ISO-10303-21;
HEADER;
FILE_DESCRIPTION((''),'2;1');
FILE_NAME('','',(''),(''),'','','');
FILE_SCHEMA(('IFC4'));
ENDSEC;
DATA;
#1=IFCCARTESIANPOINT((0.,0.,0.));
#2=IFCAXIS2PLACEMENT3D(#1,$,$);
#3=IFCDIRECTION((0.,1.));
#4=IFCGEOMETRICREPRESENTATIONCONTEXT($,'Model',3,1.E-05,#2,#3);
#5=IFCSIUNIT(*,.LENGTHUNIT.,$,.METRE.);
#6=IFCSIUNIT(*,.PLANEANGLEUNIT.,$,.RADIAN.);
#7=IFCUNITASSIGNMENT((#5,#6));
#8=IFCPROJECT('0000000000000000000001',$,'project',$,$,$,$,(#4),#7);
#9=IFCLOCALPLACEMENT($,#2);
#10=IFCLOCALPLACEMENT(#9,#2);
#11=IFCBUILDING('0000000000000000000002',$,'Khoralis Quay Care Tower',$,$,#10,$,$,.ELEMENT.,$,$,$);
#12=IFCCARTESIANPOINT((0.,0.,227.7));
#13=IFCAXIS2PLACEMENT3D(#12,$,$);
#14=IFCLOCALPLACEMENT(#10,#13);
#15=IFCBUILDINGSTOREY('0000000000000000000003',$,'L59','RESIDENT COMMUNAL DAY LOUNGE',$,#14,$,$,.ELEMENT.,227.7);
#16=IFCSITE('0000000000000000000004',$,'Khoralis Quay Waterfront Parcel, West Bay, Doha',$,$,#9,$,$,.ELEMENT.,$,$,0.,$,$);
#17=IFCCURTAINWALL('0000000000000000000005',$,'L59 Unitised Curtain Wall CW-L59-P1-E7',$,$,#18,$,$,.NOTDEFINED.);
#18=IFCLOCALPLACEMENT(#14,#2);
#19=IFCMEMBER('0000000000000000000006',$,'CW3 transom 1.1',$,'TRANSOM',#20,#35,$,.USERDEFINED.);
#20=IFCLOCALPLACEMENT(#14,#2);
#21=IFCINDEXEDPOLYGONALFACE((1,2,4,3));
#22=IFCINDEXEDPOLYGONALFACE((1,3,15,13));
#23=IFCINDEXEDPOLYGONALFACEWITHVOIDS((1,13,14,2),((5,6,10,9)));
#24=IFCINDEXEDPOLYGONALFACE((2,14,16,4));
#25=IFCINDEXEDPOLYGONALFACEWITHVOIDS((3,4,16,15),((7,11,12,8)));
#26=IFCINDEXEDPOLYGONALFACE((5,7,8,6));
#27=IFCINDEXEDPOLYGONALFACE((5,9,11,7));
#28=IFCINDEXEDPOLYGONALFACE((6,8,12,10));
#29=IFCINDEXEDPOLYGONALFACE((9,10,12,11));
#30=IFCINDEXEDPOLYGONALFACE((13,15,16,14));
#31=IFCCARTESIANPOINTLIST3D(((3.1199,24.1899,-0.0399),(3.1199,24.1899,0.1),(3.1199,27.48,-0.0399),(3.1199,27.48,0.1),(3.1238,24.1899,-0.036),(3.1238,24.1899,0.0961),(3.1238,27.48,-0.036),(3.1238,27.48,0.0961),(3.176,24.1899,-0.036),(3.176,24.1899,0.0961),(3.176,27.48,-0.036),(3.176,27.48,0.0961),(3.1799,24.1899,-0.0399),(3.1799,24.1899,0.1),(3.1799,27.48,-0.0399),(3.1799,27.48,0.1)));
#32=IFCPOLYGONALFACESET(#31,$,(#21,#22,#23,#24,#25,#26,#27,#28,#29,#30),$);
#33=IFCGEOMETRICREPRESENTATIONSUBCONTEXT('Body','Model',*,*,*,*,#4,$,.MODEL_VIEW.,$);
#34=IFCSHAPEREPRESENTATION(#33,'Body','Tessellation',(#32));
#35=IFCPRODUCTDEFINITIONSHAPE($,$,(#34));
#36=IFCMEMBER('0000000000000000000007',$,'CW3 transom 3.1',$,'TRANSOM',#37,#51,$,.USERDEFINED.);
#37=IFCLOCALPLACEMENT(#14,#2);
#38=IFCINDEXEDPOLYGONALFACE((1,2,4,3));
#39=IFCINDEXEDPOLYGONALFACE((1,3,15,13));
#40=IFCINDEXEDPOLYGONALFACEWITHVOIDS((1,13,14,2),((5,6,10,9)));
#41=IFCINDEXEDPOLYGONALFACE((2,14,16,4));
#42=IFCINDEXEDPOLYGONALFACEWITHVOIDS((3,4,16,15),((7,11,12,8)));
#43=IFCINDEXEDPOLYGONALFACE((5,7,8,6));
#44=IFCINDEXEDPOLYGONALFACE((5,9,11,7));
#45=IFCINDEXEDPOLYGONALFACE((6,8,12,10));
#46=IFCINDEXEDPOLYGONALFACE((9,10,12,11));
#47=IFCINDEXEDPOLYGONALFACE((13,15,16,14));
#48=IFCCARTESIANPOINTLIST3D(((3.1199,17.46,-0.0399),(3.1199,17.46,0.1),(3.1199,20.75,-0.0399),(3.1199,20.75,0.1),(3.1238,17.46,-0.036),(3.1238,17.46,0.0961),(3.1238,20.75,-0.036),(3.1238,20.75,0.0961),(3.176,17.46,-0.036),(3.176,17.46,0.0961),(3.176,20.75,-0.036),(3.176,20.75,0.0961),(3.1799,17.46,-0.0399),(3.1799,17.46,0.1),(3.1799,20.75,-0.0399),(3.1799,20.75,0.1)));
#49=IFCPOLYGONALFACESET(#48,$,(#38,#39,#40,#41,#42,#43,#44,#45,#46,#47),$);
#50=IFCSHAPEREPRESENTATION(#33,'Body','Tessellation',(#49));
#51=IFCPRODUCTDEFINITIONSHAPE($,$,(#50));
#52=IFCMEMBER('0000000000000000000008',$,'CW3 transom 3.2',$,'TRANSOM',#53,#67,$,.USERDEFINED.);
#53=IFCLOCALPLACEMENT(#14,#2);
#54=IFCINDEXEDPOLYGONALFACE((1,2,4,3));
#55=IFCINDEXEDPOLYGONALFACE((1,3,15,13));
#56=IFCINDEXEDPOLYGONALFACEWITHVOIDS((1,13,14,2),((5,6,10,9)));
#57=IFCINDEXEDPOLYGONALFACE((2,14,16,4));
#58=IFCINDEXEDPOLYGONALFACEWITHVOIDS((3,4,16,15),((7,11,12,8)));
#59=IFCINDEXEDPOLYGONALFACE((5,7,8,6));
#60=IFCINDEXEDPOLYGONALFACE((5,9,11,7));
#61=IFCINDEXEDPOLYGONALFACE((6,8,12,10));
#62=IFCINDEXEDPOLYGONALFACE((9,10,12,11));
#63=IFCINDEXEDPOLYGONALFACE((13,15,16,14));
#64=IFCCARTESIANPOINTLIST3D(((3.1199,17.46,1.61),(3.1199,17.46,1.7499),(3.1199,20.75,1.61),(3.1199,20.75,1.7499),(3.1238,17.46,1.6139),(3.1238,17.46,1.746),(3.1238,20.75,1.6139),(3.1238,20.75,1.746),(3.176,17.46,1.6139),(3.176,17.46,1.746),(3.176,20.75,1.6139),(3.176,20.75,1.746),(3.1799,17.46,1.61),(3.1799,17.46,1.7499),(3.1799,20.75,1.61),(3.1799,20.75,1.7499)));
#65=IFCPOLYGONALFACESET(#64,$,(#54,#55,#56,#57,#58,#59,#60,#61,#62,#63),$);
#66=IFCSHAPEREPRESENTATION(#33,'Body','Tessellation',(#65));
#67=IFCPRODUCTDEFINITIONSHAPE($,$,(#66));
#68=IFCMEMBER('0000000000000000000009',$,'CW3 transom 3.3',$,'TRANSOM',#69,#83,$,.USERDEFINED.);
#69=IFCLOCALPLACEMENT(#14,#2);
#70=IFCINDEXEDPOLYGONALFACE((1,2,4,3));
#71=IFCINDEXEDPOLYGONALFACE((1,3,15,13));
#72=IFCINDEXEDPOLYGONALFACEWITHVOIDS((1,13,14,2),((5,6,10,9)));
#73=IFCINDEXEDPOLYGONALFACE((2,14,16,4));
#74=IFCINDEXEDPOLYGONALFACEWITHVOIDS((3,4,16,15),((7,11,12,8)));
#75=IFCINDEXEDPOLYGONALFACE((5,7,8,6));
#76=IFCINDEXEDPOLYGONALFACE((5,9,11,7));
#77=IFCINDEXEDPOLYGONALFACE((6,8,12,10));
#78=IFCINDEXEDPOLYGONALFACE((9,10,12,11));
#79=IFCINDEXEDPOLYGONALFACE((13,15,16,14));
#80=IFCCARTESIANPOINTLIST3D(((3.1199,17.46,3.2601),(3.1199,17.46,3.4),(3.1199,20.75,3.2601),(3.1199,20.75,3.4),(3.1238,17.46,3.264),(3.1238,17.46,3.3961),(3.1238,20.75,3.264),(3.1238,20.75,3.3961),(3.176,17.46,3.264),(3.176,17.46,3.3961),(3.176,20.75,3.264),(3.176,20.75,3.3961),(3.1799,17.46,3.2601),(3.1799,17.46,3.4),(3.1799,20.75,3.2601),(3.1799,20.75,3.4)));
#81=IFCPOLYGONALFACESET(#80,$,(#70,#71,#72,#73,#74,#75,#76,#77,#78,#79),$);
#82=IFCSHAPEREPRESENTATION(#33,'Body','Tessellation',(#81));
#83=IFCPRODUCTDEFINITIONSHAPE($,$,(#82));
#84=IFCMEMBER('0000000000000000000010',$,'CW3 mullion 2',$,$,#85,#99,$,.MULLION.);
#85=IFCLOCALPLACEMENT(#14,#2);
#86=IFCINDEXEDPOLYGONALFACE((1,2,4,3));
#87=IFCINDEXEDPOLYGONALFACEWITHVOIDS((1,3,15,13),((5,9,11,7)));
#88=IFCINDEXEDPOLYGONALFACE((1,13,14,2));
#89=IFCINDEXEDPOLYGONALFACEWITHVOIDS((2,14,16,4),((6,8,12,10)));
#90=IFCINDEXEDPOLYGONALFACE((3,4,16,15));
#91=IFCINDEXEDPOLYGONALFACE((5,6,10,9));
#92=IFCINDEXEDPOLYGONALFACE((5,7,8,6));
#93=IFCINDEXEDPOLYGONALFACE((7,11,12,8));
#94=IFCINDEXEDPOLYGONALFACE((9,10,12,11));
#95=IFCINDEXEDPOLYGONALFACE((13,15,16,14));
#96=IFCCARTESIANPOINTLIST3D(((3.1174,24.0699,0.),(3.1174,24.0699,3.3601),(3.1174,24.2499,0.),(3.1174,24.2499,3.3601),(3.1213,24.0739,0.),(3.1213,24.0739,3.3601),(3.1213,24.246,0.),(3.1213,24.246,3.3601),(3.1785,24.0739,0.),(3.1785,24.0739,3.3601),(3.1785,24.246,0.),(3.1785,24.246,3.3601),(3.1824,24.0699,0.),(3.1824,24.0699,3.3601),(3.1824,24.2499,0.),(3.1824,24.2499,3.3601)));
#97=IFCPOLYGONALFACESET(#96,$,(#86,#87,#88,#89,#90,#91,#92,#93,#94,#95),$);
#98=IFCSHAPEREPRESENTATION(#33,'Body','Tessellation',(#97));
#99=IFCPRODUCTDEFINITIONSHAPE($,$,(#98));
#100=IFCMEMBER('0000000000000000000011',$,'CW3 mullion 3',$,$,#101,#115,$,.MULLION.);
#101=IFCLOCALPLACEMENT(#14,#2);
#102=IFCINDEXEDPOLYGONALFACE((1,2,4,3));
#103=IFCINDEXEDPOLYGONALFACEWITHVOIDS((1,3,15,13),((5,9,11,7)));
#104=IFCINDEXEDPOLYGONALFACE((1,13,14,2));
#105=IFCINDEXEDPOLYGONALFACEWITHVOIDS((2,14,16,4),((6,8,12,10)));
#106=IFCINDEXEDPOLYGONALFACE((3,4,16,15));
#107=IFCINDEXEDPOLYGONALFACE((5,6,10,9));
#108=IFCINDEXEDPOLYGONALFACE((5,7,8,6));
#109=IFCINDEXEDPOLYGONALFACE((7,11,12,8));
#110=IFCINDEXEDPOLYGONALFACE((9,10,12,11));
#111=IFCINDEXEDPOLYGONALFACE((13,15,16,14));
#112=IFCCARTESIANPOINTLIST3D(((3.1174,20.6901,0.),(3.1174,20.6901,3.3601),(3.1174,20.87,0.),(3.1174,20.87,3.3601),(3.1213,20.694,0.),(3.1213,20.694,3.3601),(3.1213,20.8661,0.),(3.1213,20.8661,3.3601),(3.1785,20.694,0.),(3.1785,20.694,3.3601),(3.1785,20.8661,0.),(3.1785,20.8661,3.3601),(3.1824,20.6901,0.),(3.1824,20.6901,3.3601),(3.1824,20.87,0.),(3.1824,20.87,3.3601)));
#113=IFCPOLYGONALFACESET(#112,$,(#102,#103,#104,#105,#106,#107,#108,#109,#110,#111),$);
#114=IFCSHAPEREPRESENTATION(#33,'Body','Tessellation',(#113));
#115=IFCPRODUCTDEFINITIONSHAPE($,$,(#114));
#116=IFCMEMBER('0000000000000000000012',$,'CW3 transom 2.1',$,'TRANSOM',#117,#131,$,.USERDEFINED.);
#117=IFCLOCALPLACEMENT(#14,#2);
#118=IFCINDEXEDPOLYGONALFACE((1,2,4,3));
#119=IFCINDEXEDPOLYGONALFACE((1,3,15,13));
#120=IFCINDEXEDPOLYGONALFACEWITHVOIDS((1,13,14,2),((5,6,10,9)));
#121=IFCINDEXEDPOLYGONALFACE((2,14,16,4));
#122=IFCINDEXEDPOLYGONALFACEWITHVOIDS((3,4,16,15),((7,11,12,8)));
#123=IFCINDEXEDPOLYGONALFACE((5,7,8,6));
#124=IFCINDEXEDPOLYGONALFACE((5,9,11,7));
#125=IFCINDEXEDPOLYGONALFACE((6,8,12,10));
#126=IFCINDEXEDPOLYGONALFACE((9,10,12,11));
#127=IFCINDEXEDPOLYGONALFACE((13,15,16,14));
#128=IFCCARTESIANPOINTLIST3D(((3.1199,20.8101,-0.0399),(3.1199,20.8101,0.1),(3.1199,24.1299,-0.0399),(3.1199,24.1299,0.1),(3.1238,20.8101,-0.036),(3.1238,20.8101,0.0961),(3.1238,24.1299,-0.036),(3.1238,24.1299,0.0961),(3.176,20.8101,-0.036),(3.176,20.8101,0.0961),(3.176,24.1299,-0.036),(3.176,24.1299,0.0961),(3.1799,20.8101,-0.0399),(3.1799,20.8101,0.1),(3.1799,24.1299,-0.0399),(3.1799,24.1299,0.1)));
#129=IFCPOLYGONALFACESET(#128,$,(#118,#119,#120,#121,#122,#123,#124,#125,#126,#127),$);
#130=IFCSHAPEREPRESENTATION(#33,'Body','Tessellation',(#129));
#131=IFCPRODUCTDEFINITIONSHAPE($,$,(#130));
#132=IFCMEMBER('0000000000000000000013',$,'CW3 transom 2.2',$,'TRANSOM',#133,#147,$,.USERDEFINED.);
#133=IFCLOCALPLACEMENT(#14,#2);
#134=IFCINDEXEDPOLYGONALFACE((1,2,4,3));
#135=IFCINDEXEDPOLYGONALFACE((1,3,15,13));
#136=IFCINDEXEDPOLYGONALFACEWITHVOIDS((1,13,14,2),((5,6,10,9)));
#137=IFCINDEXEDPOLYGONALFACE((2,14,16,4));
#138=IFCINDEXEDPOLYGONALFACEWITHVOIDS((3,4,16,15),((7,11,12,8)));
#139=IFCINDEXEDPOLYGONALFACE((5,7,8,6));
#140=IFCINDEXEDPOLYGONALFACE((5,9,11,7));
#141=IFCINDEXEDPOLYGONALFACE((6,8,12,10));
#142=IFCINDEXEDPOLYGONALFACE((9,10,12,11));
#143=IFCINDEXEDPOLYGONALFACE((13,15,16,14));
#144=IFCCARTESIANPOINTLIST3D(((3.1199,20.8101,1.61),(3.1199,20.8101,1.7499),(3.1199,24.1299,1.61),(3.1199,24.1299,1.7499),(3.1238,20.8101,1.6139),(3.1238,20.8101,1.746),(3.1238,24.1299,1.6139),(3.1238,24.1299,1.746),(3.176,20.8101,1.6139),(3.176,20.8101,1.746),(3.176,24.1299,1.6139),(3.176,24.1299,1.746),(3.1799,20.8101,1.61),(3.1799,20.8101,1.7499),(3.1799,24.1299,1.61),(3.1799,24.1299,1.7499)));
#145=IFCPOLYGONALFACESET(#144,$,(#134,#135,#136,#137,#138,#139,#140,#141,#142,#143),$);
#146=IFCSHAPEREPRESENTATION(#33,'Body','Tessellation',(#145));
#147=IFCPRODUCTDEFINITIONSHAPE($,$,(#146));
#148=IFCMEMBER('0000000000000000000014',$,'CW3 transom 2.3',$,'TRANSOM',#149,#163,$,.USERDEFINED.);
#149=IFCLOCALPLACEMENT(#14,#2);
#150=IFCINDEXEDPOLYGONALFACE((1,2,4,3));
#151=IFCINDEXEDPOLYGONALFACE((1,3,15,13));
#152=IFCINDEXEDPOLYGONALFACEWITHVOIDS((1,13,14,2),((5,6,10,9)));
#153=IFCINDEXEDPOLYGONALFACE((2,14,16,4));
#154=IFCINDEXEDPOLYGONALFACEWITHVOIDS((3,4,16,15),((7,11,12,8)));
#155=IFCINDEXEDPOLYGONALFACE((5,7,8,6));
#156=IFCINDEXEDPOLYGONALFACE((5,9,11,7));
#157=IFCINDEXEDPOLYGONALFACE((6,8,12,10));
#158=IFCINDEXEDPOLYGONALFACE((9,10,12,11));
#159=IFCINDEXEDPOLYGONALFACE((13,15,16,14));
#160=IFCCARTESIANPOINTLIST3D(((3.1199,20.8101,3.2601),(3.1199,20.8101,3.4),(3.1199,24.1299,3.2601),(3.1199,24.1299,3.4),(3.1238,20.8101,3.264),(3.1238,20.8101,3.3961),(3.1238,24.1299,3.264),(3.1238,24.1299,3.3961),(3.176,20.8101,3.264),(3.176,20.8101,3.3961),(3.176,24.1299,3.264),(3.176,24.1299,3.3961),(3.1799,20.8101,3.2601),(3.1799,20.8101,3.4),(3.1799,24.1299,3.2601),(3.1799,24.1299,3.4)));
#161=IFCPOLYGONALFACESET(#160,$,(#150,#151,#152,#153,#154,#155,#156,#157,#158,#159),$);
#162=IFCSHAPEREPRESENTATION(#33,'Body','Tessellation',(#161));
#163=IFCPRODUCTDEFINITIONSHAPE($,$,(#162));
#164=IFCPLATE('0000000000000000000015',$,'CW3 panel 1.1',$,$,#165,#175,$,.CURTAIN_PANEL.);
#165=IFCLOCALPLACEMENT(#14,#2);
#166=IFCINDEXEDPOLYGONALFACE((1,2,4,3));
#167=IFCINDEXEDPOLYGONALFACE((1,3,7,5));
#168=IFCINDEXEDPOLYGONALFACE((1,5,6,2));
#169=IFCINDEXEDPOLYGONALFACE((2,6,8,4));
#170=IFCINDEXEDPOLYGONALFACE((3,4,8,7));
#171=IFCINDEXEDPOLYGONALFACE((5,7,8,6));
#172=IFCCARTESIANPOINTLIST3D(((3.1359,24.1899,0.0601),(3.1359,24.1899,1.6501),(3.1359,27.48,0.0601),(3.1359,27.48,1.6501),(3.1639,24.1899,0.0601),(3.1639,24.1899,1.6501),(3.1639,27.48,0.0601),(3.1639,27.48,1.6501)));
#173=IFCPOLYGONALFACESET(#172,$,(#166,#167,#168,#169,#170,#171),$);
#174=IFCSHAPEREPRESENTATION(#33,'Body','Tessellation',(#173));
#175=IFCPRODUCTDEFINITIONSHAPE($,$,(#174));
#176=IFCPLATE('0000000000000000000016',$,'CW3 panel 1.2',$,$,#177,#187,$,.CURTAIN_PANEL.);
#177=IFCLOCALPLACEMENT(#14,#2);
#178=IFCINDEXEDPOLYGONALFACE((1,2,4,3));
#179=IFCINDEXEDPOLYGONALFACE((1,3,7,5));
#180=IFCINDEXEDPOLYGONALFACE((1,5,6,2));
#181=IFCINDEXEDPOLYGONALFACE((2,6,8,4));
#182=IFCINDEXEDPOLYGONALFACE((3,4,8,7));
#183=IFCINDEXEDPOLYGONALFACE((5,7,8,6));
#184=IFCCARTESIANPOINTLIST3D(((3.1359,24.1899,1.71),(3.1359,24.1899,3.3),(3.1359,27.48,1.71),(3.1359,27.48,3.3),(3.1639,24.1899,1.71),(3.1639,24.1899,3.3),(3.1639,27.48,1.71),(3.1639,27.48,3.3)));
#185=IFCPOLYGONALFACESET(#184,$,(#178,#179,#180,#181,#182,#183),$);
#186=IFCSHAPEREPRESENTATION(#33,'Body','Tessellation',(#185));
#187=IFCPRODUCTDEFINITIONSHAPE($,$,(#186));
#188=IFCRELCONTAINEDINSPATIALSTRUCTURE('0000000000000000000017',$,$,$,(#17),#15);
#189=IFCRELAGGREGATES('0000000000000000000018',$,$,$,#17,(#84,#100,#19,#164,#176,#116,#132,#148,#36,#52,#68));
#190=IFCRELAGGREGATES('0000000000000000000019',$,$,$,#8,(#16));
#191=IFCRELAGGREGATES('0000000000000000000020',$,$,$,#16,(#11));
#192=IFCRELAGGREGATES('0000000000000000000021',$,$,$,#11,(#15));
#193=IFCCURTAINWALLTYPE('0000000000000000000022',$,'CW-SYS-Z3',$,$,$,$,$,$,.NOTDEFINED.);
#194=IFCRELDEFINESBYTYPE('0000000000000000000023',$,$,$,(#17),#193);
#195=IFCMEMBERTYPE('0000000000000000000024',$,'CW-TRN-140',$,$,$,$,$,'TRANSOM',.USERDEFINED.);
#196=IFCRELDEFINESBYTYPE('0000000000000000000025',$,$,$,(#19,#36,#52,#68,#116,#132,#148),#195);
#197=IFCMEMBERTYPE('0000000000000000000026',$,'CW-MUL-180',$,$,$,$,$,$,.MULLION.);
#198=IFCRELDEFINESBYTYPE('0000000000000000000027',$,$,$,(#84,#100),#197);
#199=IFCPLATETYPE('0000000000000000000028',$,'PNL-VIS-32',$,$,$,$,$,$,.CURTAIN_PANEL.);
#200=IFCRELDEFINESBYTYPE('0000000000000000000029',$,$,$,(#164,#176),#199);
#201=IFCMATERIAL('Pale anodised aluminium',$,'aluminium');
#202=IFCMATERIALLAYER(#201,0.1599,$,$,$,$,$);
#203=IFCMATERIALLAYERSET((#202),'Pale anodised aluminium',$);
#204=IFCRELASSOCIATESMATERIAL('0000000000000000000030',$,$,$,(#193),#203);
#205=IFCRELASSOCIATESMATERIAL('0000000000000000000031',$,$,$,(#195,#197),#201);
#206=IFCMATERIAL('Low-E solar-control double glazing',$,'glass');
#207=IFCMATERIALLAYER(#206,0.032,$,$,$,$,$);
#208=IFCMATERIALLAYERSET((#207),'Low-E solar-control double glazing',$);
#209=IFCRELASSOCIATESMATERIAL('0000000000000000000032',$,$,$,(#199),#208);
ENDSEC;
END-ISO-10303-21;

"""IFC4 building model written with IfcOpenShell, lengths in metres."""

from ifc_helpers import new_model, si_unit, direction, frame, origin, origin_2d, place, context, subcontext, project, spatial, rectangle, hollow_rectangle, extrude, source, transform, mapped, material, layer, layer_set, material_profile, profile_set, type_object, element, aggregate, save


model = new_model("IFC4")

# Units and contexts
model_context = context("Model", 3, precision=1e-05, world=origin(), true_north=direction((0.0, 1.0)))
body_context = subcontext(model_context, "Body", "Model", "MODEL_VIEW")
ifc_project = project(units=[si_unit("LENGTHUNIT", "METRE"), si_unit("PLANEANGLEUNIT", "RADIAN")], contexts=[model_context])

# Site, building, storey
site_placement = place(None, origin())
site = spatial("IfcSite", under=ifc_project, at=site_placement, Name="Khoralis Quay Waterfront Parcel, West Bay, Doha", CompositionType="ELEMENT", RefElevation=0.0)
building_placement = place(site_placement, origin())
building = spatial("IfcBuilding", under=site, at=building_placement, Name="Khoralis Quay Care Tower", CompositionType="ELEMENT")
storey_placement = place(building_placement, frame((0.0, 0.0, 227.7)))
storey = spatial("IfcBuildingStorey", under=building, at=storey_placement, Name="L59", Description="RESIDENT COMMUNAL DAY LOUNGE", CompositionType="ELEMENT", Elevation=227.7)

# Curtain wall, members, plates
ifc_material_1 = material(Name="Pale anodised aluminium", Category="aluminium")
ifc_layer_1 = layer(ifc_material_1, 0.1599)
ifc_layer_set_1 = layer_set([ifc_layer_1], Name="Pale anodised aluminium")
curtain_wall_type = type_object("IfcCurtainWallType", Name="CW-SYS-Z3", PredefinedType="NOTDEFINED", material=ifc_layer_set_1)
curtain_wall_placement = place(storey_placement, origin())
curtain_wall = element("IfcCurtainWall", 1, at=curtain_wall_placement, inside=storey, type_object=curtain_wall_type, Name="L59 Unitised Curtain Wall CW-L59-P1-E7", PredefinedType="NOTDEFINED")
ifc_material_profile_1 = material_profile(ifc_material_1, hollow_rectangle(XDim=0.0601, YDim=0.1399, WallThickness=0.0039, at=origin_2d()), Name="Pale anodised aluminium")
ifc_profile_set_1 = profile_set([ifc_material_profile_1], Name="Pale anodised aluminium")
member_type_1 = type_object("IfcMemberType", Name="CW-TRN-140", ElementType="TRANSOM", PredefinedType="USERDEFINED", material=ifc_profile_set_1)
shared_shape_1 = source(origin(), body_context, "Body", "SweptSolid", [
    extrude(hollow_rectangle(XDim=0.0601, YDim=0.1399, WallThickness=0.0039, at=origin_2d()), origin(), (0.0, 0.0, 1.0), 3.29),
])
member_1_placement = place(storey_placement, frame((3.1499, 27.48, 0.03), z_axis=(0.0, -1.0, 0.0), x_axis=(1.0, 0.0, 0.0)))
member_1 = element("IfcMember", 2, at=member_1_placement, type_object=member_type_1, Name="CW3 transom 1.1", ObjectType="TRANSOM", PredefinedType="USERDEFINED", context=body_context, shape_type="MappedRepresentation", body=[
    mapped(shared_shape_1, transform((0.0, 0.0, 0.0), scale=1.0)),
])
member_2_placement = place(storey_placement, frame((3.1499, 20.75, 0.03), z_axis=(0.0, -1.0, 0.0), x_axis=(1.0, 0.0, 0.0)))
member_2 = element("IfcMember", 3, at=member_2_placement, type_object=member_type_1, Name="CW3 transom 3.1", ObjectType="TRANSOM", PredefinedType="USERDEFINED", context=body_context, shape_type="MappedRepresentation", body=[
    mapped(shared_shape_1, transform((0.0, 0.0, 0.0), scale=1.0)),
])
member_3_placement = place(storey_placement, frame((3.1499, 20.75, 1.6799), z_axis=(0.0, -1.0, 0.0), x_axis=(1.0, 0.0, 0.0)))
member_3 = element("IfcMember", 4, at=member_3_placement, type_object=member_type_1, Name="CW3 transom 3.2", ObjectType="TRANSOM", PredefinedType="USERDEFINED", context=body_context, shape_type="MappedRepresentation", body=[
    mapped(shared_shape_1, transform((0.0, 0.0, 0.0), scale=1.0)),
])
member_4_placement = place(storey_placement, frame((3.1499, 20.75, 3.3301), z_axis=(0.0, -1.0, 0.0), x_axis=(1.0, 0.0, 0.0)))
member_4 = element("IfcMember", 5, at=member_4_placement, type_object=member_type_1, Name="CW3 transom 3.3", ObjectType="TRANSOM", PredefinedType="USERDEFINED", context=body_context, shape_type="MappedRepresentation", body=[
    mapped(shared_shape_1, transform((0.0, 0.0, 0.0), scale=1.0)),
])
ifc_material_profile_2 = material_profile(ifc_material_1, hollow_rectangle(XDim=0.0649, YDim=0.1799, WallThickness=0.0039, at=origin_2d()), Name="Pale anodised aluminium")
ifc_profile_set_2 = profile_set([ifc_material_profile_2], Name="Pale anodised aluminium")
member_type_2 = type_object("IfcMemberType", Name="CW-MUL-180", PredefinedType="MULLION", material=ifc_profile_set_2)
shared_shape_2 = source(origin(), body_context, "Body", "SweptSolid", [
    extrude(hollow_rectangle(XDim=0.0649, YDim=0.1799, WallThickness=0.0039, at=origin_2d()), origin(), (0.0, 0.0, 1.0), 3.3601),
])
member_5_placement = place(storey_placement, frame((3.1499, 24.1599, 0.0), z_axis=(0.0, 0.0, 1.0), x_axis=(1.0, 0.0, 0.0)))
member_5 = element("IfcMember", 6, at=member_5_placement, type_object=member_type_2, Name="CW3 mullion 2", PredefinedType="MULLION", context=body_context, shape_type="MappedRepresentation", body=[
    mapped(shared_shape_2, transform((0.0, 0.0, 0.0), scale=1.0)),
])
member_6_placement = place(storey_placement, frame((3.1499, 20.78, 0.0), z_axis=(0.0, 0.0, 1.0), x_axis=(1.0, 0.0, 0.0)))
member_6 = element("IfcMember", 7, at=member_6_placement, type_object=member_type_2, Name="CW3 mullion 3", PredefinedType="MULLION", context=body_context, shape_type="MappedRepresentation", body=[
    mapped(shared_shape_2, transform((0.0, 0.0, 0.0), scale=1.0)),
])
shared_shape_3 = source(origin(), body_context, "Body", "SweptSolid", [
    extrude(hollow_rectangle(XDim=0.0601, YDim=0.1399, WallThickness=0.0039, at=origin_2d()), origin(), (0.0, 0.0, 1.0), 3.3198),
])
member_7_placement = place(storey_placement, frame((3.1499, 24.1299, 0.03), z_axis=(0.0, -1.0, 0.0), x_axis=(1.0, 0.0, 0.0)))
member_7 = element("IfcMember", 8, at=member_7_placement, type_object=member_type_1, Name="CW3 transom 2.1", ObjectType="TRANSOM", PredefinedType="USERDEFINED", context=body_context, shape_type="MappedRepresentation", body=[
    mapped(shared_shape_3, transform((0.0, 0.0, 0.0), scale=1.0)),
])
member_8_placement = place(storey_placement, frame((3.1499, 24.1299, 1.6799), z_axis=(0.0, -1.0, 0.0), x_axis=(1.0, 0.0, 0.0)))
member_8 = element("IfcMember", 9, at=member_8_placement, type_object=member_type_1, Name="CW3 transom 2.2", ObjectType="TRANSOM", PredefinedType="USERDEFINED", context=body_context, shape_type="MappedRepresentation", body=[
    mapped(shared_shape_3, transform((0.0, 0.0, 0.0), scale=1.0)),
])
member_9_placement = place(storey_placement, frame((3.1499, 24.1299, 3.3301), z_axis=(0.0, -1.0, 0.0), x_axis=(1.0, 0.0, 0.0)))
member_9 = element("IfcMember", 10, at=member_9_placement, type_object=member_type_1, Name="CW3 transom 2.3", ObjectType="TRANSOM", PredefinedType="USERDEFINED", context=body_context, shape_type="MappedRepresentation", body=[
    mapped(shared_shape_3, transform((0.0, 0.0, 0.0), scale=1.0)),
])
ifc_material_2 = material(Name="Low-E solar-control double glazing", Category="glass")
ifc_layer_2 = layer(ifc_material_2, 0.032)
ifc_layer_set_2 = layer_set([ifc_layer_2], Name="Low-E solar-control double glazing")
plate_type = type_object("IfcPlateType", Name="PNL-VIS-32", PredefinedType="CURTAIN_PANEL", material=ifc_layer_set_2)
shared_shape_4 = source(origin(), body_context, "Body", "SweptSolid", [
    extrude(rectangle(XDim=3.29, YDim=0.0281, at=origin_2d()), origin(), (0.0, 0.0, 1.0), 1.5901),
])
plate_1_placement = place(storey_placement, frame((3.1499, 25.835, 0.0601), z_axis=(0.0, 0.0, 1.0), x_axis=(0.0, -1.0, 0.0)))
plate_1 = element("IfcPlate", 11, at=plate_1_placement, type_object=plate_type, Name="CW3 panel 1.1", PredefinedType="CURTAIN_PANEL", context=body_context, shape_type="MappedRepresentation", body=[
    mapped(shared_shape_4, transform((0.0, 0.0, 0.0), scale=1.0)),
])
plate_2_placement = place(storey_placement, frame((3.1499, 25.835, 1.71), z_axis=(0.0, 0.0, 1.0), x_axis=(0.0, -1.0, 0.0)))
plate_2 = element("IfcPlate", 12, at=plate_2_placement, type_object=plate_type, Name="CW3 panel 1.2", PredefinedType="CURTAIN_PANEL", context=body_context, shape_type="MappedRepresentation", body=[
    mapped(shared_shape_4, transform((0.0, 0.0, 0.0), scale=1.0)),
])
aggregate(curtain_wall, [member_5, member_6, member_1, plate_1, plate_2, member_7, member_8, member_9, member_2, member_3, member_4])

save(model, "model.ifc")
